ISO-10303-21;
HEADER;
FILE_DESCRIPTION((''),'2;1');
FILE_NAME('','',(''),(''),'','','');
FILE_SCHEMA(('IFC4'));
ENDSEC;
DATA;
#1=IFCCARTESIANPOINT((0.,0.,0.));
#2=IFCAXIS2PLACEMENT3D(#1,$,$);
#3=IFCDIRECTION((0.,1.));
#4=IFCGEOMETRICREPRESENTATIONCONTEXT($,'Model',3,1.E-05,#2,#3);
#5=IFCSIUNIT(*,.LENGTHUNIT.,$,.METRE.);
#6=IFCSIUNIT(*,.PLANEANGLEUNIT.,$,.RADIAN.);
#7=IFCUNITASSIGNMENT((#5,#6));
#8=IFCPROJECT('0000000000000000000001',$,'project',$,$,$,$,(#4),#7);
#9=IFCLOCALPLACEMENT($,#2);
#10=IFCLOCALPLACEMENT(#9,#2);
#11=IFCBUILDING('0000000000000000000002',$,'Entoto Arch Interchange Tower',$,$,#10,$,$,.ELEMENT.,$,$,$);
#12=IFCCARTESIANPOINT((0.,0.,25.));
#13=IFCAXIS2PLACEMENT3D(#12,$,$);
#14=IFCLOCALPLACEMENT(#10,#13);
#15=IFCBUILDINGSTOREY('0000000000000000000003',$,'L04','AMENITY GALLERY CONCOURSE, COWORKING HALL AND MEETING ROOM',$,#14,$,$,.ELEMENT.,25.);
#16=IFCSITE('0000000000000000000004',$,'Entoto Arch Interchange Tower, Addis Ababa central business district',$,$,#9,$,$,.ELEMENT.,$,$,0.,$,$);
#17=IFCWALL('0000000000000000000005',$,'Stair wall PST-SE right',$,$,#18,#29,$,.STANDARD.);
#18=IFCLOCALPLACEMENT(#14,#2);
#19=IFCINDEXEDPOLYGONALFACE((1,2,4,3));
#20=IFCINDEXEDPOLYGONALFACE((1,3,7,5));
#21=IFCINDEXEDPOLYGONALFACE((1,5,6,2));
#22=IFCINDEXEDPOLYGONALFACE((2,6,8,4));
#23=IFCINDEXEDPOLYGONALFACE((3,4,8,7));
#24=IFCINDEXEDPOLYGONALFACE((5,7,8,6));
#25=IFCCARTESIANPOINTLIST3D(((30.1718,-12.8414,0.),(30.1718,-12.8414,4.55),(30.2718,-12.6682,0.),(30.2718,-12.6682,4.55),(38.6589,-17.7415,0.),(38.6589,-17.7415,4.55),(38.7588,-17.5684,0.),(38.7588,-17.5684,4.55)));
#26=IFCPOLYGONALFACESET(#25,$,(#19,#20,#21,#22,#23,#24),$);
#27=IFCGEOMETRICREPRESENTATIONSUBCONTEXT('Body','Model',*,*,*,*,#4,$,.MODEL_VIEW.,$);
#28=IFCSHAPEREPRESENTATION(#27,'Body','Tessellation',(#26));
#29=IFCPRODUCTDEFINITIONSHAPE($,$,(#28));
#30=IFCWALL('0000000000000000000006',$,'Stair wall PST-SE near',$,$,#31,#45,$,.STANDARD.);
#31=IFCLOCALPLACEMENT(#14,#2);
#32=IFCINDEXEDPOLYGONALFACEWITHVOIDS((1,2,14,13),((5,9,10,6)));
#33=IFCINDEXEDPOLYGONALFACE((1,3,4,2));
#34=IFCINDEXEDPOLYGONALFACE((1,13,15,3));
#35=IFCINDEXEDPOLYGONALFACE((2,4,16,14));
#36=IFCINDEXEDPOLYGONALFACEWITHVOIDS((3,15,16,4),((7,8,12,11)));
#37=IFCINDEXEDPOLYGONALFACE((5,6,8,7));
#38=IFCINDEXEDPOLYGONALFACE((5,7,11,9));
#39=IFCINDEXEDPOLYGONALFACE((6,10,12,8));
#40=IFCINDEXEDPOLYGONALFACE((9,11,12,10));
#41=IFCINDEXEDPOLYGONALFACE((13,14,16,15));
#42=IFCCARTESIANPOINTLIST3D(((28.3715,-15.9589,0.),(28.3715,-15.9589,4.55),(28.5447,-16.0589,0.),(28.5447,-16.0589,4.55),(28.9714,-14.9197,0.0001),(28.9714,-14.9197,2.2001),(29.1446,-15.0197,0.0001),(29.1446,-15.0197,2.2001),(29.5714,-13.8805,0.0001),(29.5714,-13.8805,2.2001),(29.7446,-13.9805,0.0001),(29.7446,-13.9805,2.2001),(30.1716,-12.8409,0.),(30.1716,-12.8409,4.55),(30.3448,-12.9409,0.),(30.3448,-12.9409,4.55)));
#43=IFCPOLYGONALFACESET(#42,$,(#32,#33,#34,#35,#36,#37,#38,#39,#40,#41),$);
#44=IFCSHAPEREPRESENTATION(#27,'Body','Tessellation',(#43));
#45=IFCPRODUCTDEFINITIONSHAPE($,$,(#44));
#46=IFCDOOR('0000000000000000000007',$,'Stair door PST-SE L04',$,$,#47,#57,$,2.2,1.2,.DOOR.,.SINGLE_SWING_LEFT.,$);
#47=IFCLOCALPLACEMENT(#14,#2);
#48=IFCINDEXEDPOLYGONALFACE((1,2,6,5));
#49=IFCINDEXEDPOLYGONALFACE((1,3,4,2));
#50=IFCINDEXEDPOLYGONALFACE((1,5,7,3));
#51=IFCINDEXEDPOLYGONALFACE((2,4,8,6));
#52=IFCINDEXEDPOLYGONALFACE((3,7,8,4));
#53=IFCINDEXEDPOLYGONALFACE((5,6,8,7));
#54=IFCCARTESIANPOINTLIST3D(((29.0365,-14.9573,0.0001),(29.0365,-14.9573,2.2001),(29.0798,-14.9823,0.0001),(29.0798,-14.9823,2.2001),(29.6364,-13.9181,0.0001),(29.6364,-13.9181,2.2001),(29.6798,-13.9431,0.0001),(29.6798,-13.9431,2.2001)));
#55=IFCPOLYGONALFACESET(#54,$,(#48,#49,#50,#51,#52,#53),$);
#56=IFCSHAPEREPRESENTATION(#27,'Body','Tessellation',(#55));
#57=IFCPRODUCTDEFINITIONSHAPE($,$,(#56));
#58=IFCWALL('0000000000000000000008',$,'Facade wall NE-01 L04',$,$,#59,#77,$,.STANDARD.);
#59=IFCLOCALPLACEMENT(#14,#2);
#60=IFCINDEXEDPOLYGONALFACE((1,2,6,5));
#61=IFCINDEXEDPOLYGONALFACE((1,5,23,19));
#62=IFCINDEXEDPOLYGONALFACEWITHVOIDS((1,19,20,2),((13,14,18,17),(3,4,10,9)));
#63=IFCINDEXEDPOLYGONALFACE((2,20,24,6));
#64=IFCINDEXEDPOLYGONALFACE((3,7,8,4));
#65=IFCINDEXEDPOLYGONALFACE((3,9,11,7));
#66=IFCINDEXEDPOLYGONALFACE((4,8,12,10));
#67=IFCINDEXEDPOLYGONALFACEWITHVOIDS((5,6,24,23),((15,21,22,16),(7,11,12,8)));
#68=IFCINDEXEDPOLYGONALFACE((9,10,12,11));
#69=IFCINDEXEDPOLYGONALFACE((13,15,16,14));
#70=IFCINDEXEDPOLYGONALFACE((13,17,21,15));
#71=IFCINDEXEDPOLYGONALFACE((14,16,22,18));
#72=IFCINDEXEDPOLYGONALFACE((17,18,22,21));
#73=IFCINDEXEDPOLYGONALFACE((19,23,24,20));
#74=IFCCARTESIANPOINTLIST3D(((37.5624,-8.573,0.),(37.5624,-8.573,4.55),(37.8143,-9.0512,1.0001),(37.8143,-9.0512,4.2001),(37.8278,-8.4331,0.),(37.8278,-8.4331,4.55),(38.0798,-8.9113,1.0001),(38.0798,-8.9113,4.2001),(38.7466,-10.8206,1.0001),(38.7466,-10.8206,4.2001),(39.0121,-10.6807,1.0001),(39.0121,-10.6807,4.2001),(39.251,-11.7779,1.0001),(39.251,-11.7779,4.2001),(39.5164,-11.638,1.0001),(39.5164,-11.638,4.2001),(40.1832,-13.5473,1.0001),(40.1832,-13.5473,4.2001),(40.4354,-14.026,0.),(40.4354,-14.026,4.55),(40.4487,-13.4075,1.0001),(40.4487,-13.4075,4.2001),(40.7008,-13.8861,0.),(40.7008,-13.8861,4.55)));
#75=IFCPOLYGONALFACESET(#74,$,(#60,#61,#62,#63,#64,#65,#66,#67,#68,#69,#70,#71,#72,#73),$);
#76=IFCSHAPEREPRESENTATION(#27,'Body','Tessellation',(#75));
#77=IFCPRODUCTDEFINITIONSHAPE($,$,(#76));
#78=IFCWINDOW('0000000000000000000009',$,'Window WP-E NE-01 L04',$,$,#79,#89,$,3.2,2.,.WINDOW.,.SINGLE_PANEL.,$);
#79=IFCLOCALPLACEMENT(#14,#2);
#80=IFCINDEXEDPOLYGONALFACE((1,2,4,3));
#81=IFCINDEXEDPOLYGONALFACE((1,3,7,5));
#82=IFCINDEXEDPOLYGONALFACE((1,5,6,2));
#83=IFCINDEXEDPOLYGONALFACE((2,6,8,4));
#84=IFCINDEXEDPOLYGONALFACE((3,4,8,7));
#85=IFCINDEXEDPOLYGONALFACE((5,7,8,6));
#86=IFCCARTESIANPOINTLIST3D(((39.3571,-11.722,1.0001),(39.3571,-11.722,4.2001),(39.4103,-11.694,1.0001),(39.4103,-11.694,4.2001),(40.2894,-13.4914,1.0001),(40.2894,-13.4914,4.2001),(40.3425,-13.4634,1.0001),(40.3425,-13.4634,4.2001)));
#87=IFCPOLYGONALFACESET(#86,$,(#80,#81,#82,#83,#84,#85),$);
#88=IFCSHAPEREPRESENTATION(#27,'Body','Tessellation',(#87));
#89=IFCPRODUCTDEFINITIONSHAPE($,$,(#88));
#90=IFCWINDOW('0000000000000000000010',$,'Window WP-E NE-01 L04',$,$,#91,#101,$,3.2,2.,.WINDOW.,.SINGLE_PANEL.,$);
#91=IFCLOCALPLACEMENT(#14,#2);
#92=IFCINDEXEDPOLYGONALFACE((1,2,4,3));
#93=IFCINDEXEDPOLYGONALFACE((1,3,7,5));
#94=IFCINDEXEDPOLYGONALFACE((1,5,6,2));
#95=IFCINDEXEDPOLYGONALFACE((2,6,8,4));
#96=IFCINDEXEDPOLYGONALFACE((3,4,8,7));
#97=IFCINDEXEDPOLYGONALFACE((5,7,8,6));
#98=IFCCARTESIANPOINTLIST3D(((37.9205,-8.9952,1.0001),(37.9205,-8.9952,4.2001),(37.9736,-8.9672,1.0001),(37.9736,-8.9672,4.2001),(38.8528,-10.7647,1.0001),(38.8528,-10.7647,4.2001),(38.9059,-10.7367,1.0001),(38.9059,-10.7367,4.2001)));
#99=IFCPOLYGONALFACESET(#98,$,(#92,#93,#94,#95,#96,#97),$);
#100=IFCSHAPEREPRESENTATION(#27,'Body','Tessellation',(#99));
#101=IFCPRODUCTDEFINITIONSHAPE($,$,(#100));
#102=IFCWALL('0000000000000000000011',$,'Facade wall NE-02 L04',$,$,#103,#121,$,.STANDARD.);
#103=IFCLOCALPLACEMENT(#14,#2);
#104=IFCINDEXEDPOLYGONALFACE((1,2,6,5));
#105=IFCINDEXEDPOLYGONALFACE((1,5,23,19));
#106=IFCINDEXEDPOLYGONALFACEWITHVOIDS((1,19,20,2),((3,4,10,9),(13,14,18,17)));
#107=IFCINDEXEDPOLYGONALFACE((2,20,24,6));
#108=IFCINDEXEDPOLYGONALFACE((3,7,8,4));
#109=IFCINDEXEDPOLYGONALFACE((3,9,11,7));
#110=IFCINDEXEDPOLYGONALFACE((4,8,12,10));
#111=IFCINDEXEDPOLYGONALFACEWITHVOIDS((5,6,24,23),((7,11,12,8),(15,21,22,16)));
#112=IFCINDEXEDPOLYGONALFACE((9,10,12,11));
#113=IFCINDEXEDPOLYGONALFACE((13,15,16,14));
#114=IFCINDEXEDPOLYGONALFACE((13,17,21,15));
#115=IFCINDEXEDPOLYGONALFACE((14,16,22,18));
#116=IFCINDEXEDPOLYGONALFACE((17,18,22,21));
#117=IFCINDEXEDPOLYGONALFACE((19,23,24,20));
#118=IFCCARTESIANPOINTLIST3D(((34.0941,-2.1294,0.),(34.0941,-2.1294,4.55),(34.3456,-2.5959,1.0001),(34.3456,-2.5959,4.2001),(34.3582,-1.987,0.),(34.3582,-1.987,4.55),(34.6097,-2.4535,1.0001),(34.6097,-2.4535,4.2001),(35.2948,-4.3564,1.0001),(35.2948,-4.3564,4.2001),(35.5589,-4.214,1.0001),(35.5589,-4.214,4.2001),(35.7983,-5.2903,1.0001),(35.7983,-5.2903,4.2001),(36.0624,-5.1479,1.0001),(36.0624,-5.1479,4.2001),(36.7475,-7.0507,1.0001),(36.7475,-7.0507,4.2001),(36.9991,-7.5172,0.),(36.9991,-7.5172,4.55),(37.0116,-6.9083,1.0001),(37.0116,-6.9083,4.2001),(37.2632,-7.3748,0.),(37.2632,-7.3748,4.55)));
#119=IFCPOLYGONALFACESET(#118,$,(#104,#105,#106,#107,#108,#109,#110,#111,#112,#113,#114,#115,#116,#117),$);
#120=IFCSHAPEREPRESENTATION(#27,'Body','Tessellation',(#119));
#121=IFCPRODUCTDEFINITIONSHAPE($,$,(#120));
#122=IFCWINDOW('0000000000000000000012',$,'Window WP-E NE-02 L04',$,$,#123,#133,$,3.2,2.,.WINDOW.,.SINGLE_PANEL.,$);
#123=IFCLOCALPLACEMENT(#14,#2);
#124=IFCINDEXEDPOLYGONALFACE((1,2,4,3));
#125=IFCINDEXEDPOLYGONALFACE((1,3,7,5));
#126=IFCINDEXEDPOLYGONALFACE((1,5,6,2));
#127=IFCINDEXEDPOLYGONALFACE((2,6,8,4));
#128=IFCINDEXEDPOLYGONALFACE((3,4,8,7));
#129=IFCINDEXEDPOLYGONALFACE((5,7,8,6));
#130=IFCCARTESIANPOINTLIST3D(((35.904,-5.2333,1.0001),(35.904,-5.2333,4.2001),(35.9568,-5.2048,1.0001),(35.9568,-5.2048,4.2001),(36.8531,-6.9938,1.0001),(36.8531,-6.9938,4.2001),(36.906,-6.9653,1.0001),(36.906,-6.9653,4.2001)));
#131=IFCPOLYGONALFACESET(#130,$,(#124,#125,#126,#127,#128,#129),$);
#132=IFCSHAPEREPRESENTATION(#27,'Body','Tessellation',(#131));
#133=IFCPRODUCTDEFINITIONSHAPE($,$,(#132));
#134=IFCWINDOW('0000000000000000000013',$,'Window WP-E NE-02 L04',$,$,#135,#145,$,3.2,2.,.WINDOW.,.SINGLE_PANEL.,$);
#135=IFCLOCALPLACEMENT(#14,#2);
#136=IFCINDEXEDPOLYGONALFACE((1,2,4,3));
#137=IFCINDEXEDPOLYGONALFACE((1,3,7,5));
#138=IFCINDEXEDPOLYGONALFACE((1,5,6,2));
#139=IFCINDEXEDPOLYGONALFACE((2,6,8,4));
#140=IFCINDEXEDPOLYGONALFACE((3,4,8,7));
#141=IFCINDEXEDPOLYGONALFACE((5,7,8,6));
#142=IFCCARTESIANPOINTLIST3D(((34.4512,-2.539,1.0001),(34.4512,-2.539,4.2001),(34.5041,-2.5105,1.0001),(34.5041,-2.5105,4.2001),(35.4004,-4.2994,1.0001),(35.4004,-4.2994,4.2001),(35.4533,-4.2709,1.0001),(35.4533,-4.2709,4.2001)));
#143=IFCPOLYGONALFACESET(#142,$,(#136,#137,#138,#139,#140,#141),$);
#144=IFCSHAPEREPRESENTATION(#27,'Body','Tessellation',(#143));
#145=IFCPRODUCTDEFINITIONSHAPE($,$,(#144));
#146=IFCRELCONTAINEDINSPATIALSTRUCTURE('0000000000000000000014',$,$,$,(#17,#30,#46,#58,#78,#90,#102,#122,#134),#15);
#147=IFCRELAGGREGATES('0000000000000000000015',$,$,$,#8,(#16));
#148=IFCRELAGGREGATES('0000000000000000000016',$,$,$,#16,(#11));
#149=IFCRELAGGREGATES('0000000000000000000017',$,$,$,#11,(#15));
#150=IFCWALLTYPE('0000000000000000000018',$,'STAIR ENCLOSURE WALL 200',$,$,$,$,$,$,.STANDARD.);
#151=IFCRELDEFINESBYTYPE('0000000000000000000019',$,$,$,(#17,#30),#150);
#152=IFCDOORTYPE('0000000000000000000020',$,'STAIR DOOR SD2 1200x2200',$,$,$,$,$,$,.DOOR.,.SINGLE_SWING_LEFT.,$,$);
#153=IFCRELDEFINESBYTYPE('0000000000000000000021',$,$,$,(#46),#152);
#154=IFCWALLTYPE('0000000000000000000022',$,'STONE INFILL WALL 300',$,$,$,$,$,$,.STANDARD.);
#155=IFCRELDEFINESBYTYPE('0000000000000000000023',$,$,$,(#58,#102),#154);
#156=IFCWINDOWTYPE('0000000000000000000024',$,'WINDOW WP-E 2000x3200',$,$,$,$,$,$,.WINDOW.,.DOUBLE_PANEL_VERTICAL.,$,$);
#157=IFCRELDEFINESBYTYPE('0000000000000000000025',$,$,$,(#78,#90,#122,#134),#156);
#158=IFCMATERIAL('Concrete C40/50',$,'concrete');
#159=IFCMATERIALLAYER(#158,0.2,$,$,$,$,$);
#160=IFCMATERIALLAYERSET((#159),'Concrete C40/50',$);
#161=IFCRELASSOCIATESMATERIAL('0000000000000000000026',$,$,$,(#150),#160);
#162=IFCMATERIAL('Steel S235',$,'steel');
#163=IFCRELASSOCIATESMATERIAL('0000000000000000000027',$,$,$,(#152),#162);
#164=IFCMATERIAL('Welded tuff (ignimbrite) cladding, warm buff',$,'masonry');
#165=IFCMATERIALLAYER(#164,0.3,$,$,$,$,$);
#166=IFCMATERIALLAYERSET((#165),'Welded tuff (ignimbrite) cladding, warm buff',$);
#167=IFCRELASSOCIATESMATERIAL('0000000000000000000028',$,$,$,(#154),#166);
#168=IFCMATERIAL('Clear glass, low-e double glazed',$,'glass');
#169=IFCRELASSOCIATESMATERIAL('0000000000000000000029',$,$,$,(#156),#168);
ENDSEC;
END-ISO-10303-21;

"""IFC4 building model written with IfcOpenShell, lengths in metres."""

from ifc_helpers import new_model, si_unit, direction, frame, frame_2d, origin, place, context, subcontext, project, spatial, rectangle, extrude, material, layer, layer_set, type_object, element, fill, save


model = new_model("IFC4")

# Units and contexts
model_context = context("Model", 3, precision=1e-05, world=origin(), true_north=direction((0.0, 1.0)))
body_context = subcontext(model_context, "Body", "Model", "MODEL_VIEW")
ifc_project = project(units=[si_unit("LENGTHUNIT", "METRE"), si_unit("PLANEANGLEUNIT", "RADIAN")], contexts=[model_context])

# Site, building, storey
site_placement = place(None, origin())
site = spatial("IfcSite", under=ifc_project, at=site_placement, Name="Entoto Arch Interchange Tower, Addis Ababa central business district", CompositionType="ELEMENT", RefElevation=0.0)
building_placement = place(site_placement, origin())
building = spatial("IfcBuilding", under=site, at=building_placement, Name="Entoto Arch Interchange Tower", CompositionType="ELEMENT")
storey_placement = place(building_placement, frame((0.0, 0.0, 25.0)))
storey = spatial("IfcBuildingStorey", under=building, at=storey_placement, Name="L04", Description="AMENITY GALLERY CONCOURSE, COWORKING HALL AND MEETING ROOM", CompositionType="ELEMENT", Elevation=25.0)

# Wall
ifc_material_1 = material(Name="Concrete C40/50", Category="concrete")
ifc_layer_1 = layer(ifc_material_1, 0.2)
ifc_layer_set_1 = layer_set([ifc_layer_1], Name="Concrete C40/50")
wall_type_1 = type_object("IfcWallType", Name="STAIR ENCLOSURE WALL 200", PredefinedType="STANDARD", material=ifc_layer_set_1)
wall_1_placement = place(storey_placement, frame((30.2219, -12.7549, 0.0), z_axis=(0.0, 0.0, 1.0), x_axis=(0.866019, -0.500011, 0.0)))
element("IfcWall", 1, at=wall_1_placement, inside=storey, type_object=wall_type_1, Name="Stair wall PST-SE right", PredefinedType="STANDARD", context=body_context, shape_type="SweptSolid", body=[
    extrude(rectangle(XDim=9.8, YDim=0.2, at=frame_2d((4.8999, 0.0))), origin(), (0.0, 0.0, 1.0), 4.55),
])

# Wall, opening, door
wall_2_placement = place(storey_placement, frame((28.458, -16.009, 0.0), z_axis=(0.0, 0.0, 1.0), x_axis=(0.499983, 0.866035, 0.0)))
wall_2 = element("IfcWall", 2, at=wall_2_placement, inside=storey, type_object=wall_type_1, Name="Stair wall PST-SE near", PredefinedType="STANDARD", context=body_context, shape_type="SweptSolid", body=[
    extrude(rectangle(XDim=3.6003, YDim=0.2, at=frame_2d((1.8003, 0.0))), origin(), (0.0, 0.0, 1.0), 4.55),
])
opening_1_placement = place(wall_2_placement, frame((1.2, 0.0, 0.0)))
opening_1 = element("IfcOpeningElement", 3, at=opening_1_placement, cuts=wall_2, PredefinedType="OPENING", context=body_context, shape_type="SweptSolid", body=[
    extrude(rectangle(XDim=1.2, YDim=2.2, at=frame_2d((0.6001, 1.1001))), frame((0.0, 0.1099, 0.0), z_axis=(0.0, -1.0, 0.0), x_axis=(1.0, 0.0, 0.0)), (0.0, 0.0, 1.0), 0.22),
])
ifc_material_2 = material(Name="Steel S235", Category="steel")
door_type_1 = type_object("IfcDoorType", Name="STAIR DOOR SD2 1200x2200", OperationType="SINGLE_SWING_LEFT", PredefinedType="DOOR", material=ifc_material_2)
door_1_placement = place(opening_1_placement, origin())
door_1 = element("IfcDoor", 4, at=door_1_placement, inside=storey, type_object=door_type_1, Name="Stair door PST-SE L04", OperationType="SINGLE_SWING_LEFT", OverallHeight=2.2, OverallWidth=1.2, PredefinedType="DOOR", context=body_context, shape_type="SweptSolid", body=[
    extrude(rectangle(XDim=1.2, YDim=2.2, at=frame_2d((0.6001, 1.1001))), frame((0.0, 0.0249, 0.0), z_axis=(0.0, -1.0, 0.0), x_axis=(1.0, 0.0, 0.0)), (0.0, 0.0, 1.0), 0.05),
])
fill(opening_1, door_1)

# Walls, openings, windows
ifc_material_3 = material(Name="Welded tuff (ignimbrite) cladding, warm buff", Category="masonry")
ifc_layer_2 = layer(ifc_material_3, 0.3)
ifc_layer_set_2 = layer_set([ifc_layer_2], Name="Welded tuff (ignimbrite) cladding, warm buff")
wall_type_2 = type_object("IfcWallType", Name="STONE INFILL WALL 300", PredefinedType="STANDARD", material=ifc_layer_set_2)
wall_3_placement = place(storey_placement, frame((40.5681, -13.9561, 0.0), z_axis=(0.0, 0.0, 1.0), x_axis=(-0.466125, 0.884719, 0.0)))
wall_3 = element("IfcWall", 5, at=wall_3_placement, inside=storey, type_object=wall_type_2, Name="Facade wall NE-01 L04", PredefinedType="STANDARD", context=body_context, shape_type="SweptSolid", body=[
    extrude(rectangle(XDim=6.1636, YDim=0.3, at=frame_2d((3.0818, 0.0))), origin(), (0.0, 0.0, 1.0), 4.55),
])
opening_2_placement = place(wall_3_placement, frame((0.541, 0.0, 1.0)))
opening_2 = element("IfcOpeningElement", 6, at=opening_2_placement, cuts=wall_3, PredefinedType="OPENING", context=body_context, shape_type="SweptSolid", body=[
    extrude(rectangle(XDim=2.0, YDim=3.2, at=frame_2d((1.0, 1.6001))), frame((0.0, 0.1602, 0.0), z_axis=(0.0, -1.0, 0.0), x_axis=(1.0, 0.0, 0.0)), (0.0, 0.0, 1.0), 0.3201),
])
opening_3_placement = place(wall_3_placement, frame((3.623, 0.0, 1.0)))
opening_3 = element("IfcOpeningElement", 7, at=opening_3_placement, cuts=wall_3, PredefinedType="OPENING", context=body_context, shape_type="SweptSolid", body=[
    extrude(rectangle(XDim=2.0, YDim=3.2, at=frame_2d((1.0, 1.6001))), frame((0.0, 0.1602, 0.0), z_axis=(0.0, -1.0, 0.0), x_axis=(1.0, 0.0, 0.0)), (0.0, 0.0, 1.0), 0.3201),
])
ifc_material_4 = material(Name="Clear glass, low-e double glazed", Category="glass")
window_type = type_object("IfcWindowType", Name="WINDOW WP-E 2000x3200", PartitioningType="DOUBLE_PANEL_VERTICAL", PredefinedType="WINDOW", material=ifc_material_4)
window_1_placement = place(opening_2_placement, origin())
window_1 = element("IfcWindow", 8, at=window_1_placement, inside=storey, type_object=window_type, Name="Window WP-E NE-01 L04", OverallHeight=3.2, OverallWidth=2.0, PartitioningType="SINGLE_PANEL", PredefinedType="WINDOW", context=body_context, shape_type="SweptSolid", body=[
    extrude(rectangle(XDim=2.0, YDim=3.2, at=frame_2d((1.0, 1.6001))), frame((0.0, 0.03, 0.0), z_axis=(0.0, -1.0, 0.0), x_axis=(1.0, 0.0, 0.0)), (0.0, 0.0, 1.0), 0.0601),
])
fill(opening_2, window_1)
window_2_placement = place(opening_3_placement, origin())
window_2 = element("IfcWindow", 9, at=window_2_placement, inside=storey, type_object=window_type, Name="Window WP-E NE-01 L04", OverallHeight=3.2, OverallWidth=2.0, PartitioningType="SINGLE_PANEL", PredefinedType="WINDOW", context=body_context, shape_type="SweptSolid", body=[
    extrude(rectangle(XDim=2.0, YDim=3.2, at=frame_2d((1.0, 1.6001))), frame((0.0, 0.03, 0.0), z_axis=(0.0, -1.0, 0.0), x_axis=(1.0, 0.0, 0.0)), (0.0, 0.0, 1.0), 0.0601),
])
fill(opening_3, window_2)
wall_4_placement = place(storey_placement, frame((37.1311, -7.446, 0.0), z_axis=(0.0, 0.0, 1.0), x_axis=(-0.474585, 0.88021, 0.0)))
wall_4 = element("IfcWall", 10, at=wall_4_placement, inside=storey, type_object=wall_type_2, Name="Facade wall NE-02 L04", PredefinedType="STANDARD", context=body_context, shape_type="SweptSolid", body=[
    extrude(rectangle(XDim=6.1211, YDim=0.3, at=frame_2d((3.0605, 0.0))), origin(), (0.0, 0.0, 1.0), 4.55),
])
opening_4_placement = place(wall_4_placement, frame((0.53, 0.0, 1.0)))
opening_4 = element("IfcOpeningElement", 11, at=opening_4_placement, cuts=wall_4, PredefinedType="OPENING", context=body_context, shape_type="SweptSolid", body=[
    extrude(rectangle(XDim=2.0, YDim=3.2, at=frame_2d((1.0, 1.6001))), frame((0.0, 0.1602, 0.0), z_axis=(0.0, -1.0, 0.0), x_axis=(1.0, 0.0, 0.0)), (0.0, 0.0, 1.0), 0.3201),
])
opening_5_placement = place(wall_4_placement, frame((3.5911, 0.0, 1.0)))
opening_5 = element("IfcOpeningElement", 12, at=opening_5_placement, cuts=wall_4, PredefinedType="OPENING", context=body_context, shape_type="SweptSolid", body=[
    extrude(rectangle(XDim=2.0, YDim=3.2, at=frame_2d((1.0, 1.6001))), frame((0.0, 0.1602, 0.0), z_axis=(0.0, -1.0, 0.0), x_axis=(1.0, 0.0, 0.0)), (0.0, 0.0, 1.0), 0.3201),
])
window_3_placement = place(opening_4_placement, origin())
window_3 = element("IfcWindow", 13, at=window_3_placement, inside=storey, type_object=window_type, Name="Window WP-E NE-02 L04", OverallHeight=3.2, OverallWidth=2.0, PartitioningType="SINGLE_PANEL", PredefinedType="WINDOW", context=body_context, shape_type="SweptSolid", body=[
    extrude(rectangle(XDim=2.0, YDim=3.2, at=frame_2d((1.0, 1.6001))), frame((0.0, 0.03, 0.0), z_axis=(0.0, -1.0, 0.0), x_axis=(1.0, 0.0, 0.0)), (0.0, 0.0, 1.0), 0.0601),
])
fill(opening_4, window_3)
window_4_placement = place(opening_5_placement, origin())
window_4 = element("IfcWindow", 14, at=window_4_placement, inside=storey, type_object=window_type, Name="Window WP-E NE-02 L04", OverallHeight=3.2, OverallWidth=2.0, PartitioningType="SINGLE_PANEL", PredefinedType="WINDOW", context=body_context, shape_type="SweptSolid", body=[
    extrude(rectangle(XDim=2.0, YDim=3.2, at=frame_2d((1.0, 1.6001))), frame((0.0, 0.03, 0.0), z_axis=(0.0, -1.0, 0.0), x_axis=(1.0, 0.0, 0.0)), (0.0, 0.0, 1.0), 0.0601),
])
fill(opening_5, window_4)

save(model, "model.ifc")
